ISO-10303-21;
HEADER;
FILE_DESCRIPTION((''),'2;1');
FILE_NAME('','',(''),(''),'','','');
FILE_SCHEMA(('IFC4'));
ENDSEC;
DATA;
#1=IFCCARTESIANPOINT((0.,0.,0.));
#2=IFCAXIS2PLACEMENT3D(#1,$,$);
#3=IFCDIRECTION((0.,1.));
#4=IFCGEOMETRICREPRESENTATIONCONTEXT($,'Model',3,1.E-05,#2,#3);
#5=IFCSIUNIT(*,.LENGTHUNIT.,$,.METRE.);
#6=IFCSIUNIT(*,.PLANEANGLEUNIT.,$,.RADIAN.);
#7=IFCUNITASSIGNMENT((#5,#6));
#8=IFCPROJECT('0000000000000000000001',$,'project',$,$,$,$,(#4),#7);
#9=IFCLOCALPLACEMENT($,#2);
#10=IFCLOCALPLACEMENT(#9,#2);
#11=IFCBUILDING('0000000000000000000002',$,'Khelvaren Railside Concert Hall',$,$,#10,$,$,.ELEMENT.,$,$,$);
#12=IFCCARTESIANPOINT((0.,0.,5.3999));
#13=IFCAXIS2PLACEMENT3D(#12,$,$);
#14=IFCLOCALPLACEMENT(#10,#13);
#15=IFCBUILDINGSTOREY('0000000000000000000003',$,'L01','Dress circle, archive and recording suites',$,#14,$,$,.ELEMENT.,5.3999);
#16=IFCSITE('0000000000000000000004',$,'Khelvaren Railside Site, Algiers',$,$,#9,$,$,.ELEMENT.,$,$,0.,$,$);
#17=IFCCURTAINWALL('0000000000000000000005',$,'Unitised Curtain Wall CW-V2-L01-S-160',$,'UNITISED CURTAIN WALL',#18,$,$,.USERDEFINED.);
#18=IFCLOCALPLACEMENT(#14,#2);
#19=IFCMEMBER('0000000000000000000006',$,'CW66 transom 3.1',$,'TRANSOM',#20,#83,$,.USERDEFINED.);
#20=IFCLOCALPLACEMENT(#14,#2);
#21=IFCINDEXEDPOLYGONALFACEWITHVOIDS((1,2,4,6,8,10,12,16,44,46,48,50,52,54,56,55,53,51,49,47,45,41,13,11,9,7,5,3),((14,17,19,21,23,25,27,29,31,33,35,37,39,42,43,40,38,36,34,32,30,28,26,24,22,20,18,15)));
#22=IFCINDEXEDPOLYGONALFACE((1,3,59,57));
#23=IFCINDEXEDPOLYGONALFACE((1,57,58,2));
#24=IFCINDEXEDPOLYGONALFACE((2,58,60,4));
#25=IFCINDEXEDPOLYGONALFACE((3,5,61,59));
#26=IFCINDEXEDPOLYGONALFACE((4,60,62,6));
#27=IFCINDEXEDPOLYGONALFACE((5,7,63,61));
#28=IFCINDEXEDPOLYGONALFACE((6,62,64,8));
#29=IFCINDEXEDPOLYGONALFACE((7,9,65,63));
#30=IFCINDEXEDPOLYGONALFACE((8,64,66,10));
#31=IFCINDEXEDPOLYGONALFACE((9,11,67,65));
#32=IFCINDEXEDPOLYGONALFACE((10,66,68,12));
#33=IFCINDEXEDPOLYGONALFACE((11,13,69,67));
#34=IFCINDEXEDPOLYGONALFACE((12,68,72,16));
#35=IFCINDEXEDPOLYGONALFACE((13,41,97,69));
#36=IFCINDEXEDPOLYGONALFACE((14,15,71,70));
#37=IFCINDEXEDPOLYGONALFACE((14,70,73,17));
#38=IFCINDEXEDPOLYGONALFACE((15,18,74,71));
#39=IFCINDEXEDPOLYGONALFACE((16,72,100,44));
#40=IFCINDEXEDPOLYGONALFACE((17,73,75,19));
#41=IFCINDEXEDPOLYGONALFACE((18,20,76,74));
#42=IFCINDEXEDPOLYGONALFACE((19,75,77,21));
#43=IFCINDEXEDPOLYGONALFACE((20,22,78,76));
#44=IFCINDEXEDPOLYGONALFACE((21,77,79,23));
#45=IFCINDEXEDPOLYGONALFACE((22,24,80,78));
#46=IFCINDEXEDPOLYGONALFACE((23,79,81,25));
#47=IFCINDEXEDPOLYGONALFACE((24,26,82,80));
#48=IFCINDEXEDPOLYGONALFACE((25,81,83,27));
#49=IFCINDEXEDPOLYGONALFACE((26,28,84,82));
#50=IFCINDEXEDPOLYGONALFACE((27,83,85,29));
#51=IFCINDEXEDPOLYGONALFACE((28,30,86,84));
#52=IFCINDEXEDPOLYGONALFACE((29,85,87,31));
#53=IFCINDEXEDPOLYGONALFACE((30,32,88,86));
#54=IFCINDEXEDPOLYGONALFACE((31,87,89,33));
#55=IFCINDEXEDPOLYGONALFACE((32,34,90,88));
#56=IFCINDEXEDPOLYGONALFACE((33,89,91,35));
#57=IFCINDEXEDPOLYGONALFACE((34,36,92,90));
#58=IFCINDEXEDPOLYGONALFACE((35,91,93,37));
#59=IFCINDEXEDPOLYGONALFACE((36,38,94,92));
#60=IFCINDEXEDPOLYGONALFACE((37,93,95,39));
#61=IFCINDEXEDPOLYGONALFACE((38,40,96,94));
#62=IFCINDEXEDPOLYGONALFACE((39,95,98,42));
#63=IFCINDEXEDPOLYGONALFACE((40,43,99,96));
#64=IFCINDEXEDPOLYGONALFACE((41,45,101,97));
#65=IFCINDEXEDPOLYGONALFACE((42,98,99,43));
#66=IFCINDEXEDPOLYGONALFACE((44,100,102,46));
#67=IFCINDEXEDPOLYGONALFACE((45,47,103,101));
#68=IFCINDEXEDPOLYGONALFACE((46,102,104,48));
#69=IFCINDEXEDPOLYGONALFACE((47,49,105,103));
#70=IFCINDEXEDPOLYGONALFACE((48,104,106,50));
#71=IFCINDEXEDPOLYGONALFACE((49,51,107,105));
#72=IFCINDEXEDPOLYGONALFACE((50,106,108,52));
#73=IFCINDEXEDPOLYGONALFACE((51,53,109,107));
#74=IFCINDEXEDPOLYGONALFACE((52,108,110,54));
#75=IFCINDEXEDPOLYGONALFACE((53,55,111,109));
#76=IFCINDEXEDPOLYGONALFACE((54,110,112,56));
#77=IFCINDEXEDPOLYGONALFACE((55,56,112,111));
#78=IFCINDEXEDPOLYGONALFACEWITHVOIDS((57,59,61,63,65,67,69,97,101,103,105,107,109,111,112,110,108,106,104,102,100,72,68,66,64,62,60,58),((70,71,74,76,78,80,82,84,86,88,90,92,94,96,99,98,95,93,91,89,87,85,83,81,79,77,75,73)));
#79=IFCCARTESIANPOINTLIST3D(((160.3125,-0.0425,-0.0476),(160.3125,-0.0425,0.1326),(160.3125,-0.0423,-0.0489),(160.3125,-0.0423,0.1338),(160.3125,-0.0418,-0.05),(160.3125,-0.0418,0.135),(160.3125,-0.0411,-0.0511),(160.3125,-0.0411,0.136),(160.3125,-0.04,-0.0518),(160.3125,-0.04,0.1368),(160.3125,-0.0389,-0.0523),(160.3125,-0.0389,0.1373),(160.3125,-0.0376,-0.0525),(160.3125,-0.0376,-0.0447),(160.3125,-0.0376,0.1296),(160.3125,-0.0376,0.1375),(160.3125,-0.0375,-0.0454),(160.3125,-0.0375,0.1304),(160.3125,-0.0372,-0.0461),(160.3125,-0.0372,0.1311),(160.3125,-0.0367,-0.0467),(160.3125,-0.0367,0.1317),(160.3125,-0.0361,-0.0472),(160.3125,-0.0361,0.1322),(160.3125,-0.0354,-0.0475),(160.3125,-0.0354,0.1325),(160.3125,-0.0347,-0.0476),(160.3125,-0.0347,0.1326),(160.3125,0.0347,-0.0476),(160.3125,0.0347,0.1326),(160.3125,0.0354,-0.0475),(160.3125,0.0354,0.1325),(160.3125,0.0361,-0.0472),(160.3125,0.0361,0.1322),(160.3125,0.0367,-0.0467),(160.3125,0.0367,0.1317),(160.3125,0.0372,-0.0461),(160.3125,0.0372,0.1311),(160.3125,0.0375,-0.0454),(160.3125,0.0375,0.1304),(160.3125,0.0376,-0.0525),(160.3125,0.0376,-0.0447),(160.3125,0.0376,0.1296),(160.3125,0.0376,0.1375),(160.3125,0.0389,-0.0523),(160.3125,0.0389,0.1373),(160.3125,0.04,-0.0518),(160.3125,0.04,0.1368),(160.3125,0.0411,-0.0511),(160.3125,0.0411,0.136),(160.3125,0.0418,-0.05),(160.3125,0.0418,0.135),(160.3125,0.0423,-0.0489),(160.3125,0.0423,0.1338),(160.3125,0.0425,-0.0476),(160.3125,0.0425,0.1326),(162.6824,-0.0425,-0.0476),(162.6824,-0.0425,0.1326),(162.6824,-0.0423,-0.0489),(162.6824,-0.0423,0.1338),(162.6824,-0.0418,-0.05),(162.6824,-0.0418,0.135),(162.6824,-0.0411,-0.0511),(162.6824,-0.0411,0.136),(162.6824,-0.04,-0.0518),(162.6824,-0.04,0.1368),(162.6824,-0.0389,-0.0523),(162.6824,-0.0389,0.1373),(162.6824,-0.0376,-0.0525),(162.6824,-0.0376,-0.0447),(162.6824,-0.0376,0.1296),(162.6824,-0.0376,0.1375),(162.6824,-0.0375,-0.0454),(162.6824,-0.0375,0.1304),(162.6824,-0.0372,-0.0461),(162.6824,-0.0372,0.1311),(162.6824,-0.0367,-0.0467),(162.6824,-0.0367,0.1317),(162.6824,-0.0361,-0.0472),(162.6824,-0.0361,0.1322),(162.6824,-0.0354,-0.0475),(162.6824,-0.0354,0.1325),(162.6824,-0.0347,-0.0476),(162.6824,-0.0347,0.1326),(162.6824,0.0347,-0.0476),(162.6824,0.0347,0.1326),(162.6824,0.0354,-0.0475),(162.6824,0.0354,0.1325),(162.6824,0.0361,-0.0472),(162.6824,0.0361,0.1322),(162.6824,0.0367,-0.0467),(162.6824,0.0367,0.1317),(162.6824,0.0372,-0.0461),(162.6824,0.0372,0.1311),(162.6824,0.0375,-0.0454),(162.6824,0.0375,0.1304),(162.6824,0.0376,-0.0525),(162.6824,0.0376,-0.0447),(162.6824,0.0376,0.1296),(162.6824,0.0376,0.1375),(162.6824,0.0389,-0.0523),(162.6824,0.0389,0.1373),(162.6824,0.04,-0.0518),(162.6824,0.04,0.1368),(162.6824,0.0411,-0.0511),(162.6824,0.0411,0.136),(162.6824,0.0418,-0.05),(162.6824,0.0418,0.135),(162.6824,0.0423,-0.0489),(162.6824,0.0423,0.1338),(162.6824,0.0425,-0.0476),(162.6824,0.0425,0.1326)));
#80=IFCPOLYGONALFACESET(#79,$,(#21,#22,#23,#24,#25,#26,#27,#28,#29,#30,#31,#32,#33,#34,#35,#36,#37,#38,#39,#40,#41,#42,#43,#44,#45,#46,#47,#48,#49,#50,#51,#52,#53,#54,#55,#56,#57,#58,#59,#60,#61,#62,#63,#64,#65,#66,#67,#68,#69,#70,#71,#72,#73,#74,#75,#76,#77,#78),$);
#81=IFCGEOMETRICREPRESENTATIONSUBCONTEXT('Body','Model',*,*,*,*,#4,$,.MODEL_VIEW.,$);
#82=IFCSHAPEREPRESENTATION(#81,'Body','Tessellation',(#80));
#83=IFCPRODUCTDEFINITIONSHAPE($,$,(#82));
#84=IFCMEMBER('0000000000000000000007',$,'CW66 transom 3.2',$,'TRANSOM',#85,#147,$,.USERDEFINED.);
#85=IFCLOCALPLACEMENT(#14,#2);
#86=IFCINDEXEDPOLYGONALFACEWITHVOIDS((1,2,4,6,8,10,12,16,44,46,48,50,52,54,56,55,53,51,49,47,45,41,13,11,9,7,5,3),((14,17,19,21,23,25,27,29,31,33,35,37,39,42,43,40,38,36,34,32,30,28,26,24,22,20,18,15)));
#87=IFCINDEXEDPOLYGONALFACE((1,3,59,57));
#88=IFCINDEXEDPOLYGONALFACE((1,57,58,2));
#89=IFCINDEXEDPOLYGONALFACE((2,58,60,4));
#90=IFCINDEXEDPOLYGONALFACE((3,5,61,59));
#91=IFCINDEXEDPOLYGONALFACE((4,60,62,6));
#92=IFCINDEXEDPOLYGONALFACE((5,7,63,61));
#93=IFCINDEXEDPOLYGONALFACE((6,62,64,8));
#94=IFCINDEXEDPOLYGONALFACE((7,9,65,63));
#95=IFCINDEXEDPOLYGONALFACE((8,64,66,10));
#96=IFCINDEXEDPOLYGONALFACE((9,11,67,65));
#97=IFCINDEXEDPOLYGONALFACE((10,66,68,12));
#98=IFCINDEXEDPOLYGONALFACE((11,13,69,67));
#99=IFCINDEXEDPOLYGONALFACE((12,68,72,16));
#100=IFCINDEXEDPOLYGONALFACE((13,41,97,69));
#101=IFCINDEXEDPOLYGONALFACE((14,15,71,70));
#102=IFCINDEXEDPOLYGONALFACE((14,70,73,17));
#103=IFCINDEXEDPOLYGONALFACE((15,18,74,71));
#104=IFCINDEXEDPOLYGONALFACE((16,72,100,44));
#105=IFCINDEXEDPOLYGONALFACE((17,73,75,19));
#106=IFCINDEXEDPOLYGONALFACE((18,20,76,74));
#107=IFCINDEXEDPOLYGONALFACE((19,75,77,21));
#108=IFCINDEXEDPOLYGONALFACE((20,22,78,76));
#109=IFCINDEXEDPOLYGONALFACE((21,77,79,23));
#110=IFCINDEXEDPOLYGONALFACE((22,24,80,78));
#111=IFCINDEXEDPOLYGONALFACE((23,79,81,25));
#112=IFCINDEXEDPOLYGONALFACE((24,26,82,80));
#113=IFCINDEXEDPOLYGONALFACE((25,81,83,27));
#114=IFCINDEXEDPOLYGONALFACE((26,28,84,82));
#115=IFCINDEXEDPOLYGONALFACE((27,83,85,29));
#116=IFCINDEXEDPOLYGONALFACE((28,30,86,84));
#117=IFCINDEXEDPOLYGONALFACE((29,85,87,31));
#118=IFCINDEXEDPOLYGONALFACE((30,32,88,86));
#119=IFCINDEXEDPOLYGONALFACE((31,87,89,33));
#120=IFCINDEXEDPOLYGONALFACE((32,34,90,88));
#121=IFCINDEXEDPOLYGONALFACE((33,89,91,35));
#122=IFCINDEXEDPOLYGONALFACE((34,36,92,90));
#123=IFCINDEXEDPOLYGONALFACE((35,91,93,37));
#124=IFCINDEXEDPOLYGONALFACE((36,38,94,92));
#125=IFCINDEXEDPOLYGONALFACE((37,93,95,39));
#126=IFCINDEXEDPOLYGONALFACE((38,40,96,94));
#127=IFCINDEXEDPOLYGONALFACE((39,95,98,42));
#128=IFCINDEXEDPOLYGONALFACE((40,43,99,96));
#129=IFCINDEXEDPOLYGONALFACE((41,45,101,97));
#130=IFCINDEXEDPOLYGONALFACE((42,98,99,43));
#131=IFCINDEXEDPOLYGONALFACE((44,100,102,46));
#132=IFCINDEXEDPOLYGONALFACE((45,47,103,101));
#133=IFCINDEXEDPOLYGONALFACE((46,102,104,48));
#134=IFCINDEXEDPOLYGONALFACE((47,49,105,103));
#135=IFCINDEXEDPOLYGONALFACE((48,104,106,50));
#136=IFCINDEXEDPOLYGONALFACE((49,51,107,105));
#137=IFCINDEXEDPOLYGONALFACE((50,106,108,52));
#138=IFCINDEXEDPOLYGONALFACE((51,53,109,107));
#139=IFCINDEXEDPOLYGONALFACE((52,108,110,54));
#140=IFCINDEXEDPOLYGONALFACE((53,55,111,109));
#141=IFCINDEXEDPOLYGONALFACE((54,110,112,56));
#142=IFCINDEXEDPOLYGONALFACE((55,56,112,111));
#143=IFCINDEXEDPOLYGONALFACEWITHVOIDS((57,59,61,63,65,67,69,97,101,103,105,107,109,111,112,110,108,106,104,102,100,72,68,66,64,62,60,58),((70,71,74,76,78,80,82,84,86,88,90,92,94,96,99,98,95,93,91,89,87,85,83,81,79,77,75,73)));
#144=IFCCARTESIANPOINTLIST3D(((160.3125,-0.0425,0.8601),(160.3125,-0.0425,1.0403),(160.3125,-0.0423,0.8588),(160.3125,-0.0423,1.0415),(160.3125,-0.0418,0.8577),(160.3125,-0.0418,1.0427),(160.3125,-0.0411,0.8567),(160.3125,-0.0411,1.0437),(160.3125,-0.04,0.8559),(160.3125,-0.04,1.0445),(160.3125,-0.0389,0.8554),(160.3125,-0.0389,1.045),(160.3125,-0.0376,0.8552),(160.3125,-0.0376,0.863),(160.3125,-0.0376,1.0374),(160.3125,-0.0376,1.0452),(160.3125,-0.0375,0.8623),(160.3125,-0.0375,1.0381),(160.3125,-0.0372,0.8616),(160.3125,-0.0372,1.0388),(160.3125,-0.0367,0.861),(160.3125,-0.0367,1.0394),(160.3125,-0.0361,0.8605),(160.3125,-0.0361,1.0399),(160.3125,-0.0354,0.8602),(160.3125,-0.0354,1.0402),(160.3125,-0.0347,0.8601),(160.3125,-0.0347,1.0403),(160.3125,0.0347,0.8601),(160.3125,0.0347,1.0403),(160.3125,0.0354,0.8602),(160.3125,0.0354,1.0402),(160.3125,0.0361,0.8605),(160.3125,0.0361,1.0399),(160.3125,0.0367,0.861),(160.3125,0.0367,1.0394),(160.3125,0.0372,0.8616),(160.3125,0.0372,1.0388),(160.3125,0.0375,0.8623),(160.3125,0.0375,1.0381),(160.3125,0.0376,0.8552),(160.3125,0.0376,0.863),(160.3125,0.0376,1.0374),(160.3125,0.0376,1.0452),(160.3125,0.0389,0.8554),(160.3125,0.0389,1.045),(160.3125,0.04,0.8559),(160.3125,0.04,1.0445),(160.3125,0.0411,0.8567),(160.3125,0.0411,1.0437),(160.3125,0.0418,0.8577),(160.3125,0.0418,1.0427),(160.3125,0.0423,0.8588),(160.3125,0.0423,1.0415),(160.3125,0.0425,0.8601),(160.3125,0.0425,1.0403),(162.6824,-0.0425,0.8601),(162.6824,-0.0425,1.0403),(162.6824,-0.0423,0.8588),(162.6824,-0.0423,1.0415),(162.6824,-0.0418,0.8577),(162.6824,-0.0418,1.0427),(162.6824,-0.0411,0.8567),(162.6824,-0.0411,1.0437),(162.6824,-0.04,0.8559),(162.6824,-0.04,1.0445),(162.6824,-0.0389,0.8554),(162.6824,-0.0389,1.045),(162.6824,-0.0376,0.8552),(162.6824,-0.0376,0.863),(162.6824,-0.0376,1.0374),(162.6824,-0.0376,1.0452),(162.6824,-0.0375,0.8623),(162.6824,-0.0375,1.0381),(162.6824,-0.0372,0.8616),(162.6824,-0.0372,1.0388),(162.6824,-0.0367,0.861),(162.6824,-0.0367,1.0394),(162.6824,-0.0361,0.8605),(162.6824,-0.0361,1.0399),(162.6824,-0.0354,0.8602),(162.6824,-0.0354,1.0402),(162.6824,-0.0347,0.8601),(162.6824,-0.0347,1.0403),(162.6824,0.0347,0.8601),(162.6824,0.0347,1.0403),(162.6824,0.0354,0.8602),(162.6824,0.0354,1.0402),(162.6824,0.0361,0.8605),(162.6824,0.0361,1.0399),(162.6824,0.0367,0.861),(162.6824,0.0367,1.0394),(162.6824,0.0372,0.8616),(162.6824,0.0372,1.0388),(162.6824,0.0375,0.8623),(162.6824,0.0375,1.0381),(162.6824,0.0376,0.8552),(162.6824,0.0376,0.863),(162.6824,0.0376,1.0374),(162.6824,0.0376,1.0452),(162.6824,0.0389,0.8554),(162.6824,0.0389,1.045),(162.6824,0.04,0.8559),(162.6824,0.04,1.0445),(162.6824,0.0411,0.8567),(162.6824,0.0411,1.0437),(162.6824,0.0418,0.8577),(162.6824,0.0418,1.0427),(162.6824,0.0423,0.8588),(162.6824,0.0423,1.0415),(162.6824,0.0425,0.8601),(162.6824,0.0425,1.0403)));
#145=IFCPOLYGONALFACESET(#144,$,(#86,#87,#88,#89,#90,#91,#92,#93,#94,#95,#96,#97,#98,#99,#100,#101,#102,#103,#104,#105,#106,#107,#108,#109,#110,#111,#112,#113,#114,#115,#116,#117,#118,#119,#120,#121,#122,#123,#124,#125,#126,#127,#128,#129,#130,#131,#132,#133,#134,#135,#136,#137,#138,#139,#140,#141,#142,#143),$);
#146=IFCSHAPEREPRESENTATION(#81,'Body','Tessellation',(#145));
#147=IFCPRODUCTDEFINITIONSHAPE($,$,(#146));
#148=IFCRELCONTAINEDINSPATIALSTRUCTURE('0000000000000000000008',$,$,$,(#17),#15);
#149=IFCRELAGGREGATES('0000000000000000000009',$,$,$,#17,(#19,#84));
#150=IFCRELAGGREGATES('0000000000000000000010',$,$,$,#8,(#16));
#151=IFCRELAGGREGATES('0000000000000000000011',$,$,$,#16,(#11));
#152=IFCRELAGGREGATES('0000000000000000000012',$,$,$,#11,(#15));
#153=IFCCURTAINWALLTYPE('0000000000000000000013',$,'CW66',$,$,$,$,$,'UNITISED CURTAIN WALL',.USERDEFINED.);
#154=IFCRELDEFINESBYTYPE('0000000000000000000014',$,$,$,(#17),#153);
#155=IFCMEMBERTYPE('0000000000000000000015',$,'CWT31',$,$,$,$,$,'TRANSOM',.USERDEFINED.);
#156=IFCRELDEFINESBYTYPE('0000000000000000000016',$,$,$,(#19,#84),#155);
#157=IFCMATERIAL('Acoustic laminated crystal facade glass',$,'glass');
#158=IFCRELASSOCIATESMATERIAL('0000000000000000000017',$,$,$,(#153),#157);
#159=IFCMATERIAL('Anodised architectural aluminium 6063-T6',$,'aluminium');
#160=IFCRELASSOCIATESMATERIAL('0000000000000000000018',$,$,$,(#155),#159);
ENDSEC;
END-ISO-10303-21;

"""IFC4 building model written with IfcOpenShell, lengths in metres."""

from ifc_helpers import new_model, si_unit, direction, frame, origin, origin_2d, place, context, subcontext, project, spatial, hollow_rectangle, extrude, material, material_profile, profile_set, type_object, element, aggregate, save


model = new_model("IFC4")

# Units and contexts
model_context = context("Model", 3, precision=1e-05, world=origin(), true_north=direction((0.0, 1.0)))
body_context = subcontext(model_context, "Body", "Model", "MODEL_VIEW")
ifc_project = project(units=[si_unit("LENGTHUNIT", "METRE"), si_unit("PLANEANGLEUNIT", "RADIAN")], contexts=[model_context])

# Site, building, storey
site_placement = place(None, origin())
site = spatial("IfcSite", under=ifc_project, at=site_placement, Name="Khelvaren Railside Site, Algiers", CompositionType="ELEMENT", RefElevation=0.0)
building_placement = place(site_placement, origin())
building = spatial("IfcBuilding", under=site, at=building_placement, Name="Khelvaren Railside Concert Hall", CompositionType="ELEMENT")
storey_placement = place(building_placement, frame((0.0, 0.0, 5.3999)))
storey = spatial("IfcBuildingStorey", under=building, at=storey_placement, Name="L01", Description="Dress circle, archive and recording suites", CompositionType="ELEMENT", Elevation=5.3999)

# Curtain wall, members
ifc_material_1 = material(Name="Acoustic laminated crystal facade glass", Category="glass")
curtain_wall_type = type_object("IfcCurtainWallType", Name="CW66", ElementType="UNITISED CURTAIN WALL", PredefinedType="USERDEFINED", material=ifc_material_1)
curtain_wall_placement = place(storey_placement, origin())
curtain_wall = element("IfcCurtainWall", 1, at=curtain_wall_placement, inside=storey, type_object=curtain_wall_type, Name="Unitised Curtain Wall CW-V2-L01-S-160", ObjectType="UNITISED CURTAIN WALL", PredefinedType="USERDEFINED")
ifc_material_2 = material(Name="Anodised architectural aluminium 6063-T6", Category="aluminium")
ifc_material_profile_1 = material_profile(ifc_material_2, hollow_rectangle(XDim=0.085, YDim=0.1899, WallThickness=0.0049, InnerFilletRadius=0.0029, OuterFilletRadius=0.0049, at=origin_2d()), Name="CWT 85x190x5")
ifc_profile_set_1 = profile_set([ifc_material_profile_1], Name="Anodised architectural aluminium 6063-T6")
member_type_1 = type_object("IfcMemberType", Name="CWT31", ElementType="TRANSOM", PredefinedType="USERDEFINED", material=ifc_profile_set_1)
member_1_placement = place(storey_placement, frame((162.6824, 0.0, 0.0425), z_axis=(-1.0, 0.0, 0.0), x_axis=(0.0, -1.0, 0.0)))
member_1 = element("IfcMember", 2, at=member_1_placement, type_object=member_type_1, Name="CW66 transom 3.1", ObjectType="TRANSOM", PredefinedType="USERDEFINED", context=body_context, shape_type="SweptSolid", body=[
    extrude(hollow_rectangle(XDim=0.085, YDim=0.1899, WallThickness=0.0049, InnerFilletRadius=0.0029, OuterFilletRadius=0.0049, at=origin_2d()), origin(), (0.0, 0.0, 1.0), 2.3699),
])
member_2_placement = place(storey_placement, frame((162.6824, 0.0, 0.9502), z_axis=(-1.0, 0.0, 0.0), x_axis=(0.0, -1.0, 0.0)))
member_2 = element("IfcMember", 3, at=member_2_placement, type_object=member_type_1, Name="CW66 transom 3.2", ObjectType="TRANSOM", PredefinedType="USERDEFINED", context=body_context, shape_type="SweptSolid", body=[
    extrude(hollow_rectangle(XDim=0.085, YDim=0.1899, WallThickness=0.0049, InnerFilletRadius=0.0029, OuterFilletRadius=0.0049, at=origin_2d()), origin(), (0.0, 0.0, 1.0), 2.3699),
])

aggregate(curtain_wall, [member_1, member_2])

save(model, "model.ifc")
